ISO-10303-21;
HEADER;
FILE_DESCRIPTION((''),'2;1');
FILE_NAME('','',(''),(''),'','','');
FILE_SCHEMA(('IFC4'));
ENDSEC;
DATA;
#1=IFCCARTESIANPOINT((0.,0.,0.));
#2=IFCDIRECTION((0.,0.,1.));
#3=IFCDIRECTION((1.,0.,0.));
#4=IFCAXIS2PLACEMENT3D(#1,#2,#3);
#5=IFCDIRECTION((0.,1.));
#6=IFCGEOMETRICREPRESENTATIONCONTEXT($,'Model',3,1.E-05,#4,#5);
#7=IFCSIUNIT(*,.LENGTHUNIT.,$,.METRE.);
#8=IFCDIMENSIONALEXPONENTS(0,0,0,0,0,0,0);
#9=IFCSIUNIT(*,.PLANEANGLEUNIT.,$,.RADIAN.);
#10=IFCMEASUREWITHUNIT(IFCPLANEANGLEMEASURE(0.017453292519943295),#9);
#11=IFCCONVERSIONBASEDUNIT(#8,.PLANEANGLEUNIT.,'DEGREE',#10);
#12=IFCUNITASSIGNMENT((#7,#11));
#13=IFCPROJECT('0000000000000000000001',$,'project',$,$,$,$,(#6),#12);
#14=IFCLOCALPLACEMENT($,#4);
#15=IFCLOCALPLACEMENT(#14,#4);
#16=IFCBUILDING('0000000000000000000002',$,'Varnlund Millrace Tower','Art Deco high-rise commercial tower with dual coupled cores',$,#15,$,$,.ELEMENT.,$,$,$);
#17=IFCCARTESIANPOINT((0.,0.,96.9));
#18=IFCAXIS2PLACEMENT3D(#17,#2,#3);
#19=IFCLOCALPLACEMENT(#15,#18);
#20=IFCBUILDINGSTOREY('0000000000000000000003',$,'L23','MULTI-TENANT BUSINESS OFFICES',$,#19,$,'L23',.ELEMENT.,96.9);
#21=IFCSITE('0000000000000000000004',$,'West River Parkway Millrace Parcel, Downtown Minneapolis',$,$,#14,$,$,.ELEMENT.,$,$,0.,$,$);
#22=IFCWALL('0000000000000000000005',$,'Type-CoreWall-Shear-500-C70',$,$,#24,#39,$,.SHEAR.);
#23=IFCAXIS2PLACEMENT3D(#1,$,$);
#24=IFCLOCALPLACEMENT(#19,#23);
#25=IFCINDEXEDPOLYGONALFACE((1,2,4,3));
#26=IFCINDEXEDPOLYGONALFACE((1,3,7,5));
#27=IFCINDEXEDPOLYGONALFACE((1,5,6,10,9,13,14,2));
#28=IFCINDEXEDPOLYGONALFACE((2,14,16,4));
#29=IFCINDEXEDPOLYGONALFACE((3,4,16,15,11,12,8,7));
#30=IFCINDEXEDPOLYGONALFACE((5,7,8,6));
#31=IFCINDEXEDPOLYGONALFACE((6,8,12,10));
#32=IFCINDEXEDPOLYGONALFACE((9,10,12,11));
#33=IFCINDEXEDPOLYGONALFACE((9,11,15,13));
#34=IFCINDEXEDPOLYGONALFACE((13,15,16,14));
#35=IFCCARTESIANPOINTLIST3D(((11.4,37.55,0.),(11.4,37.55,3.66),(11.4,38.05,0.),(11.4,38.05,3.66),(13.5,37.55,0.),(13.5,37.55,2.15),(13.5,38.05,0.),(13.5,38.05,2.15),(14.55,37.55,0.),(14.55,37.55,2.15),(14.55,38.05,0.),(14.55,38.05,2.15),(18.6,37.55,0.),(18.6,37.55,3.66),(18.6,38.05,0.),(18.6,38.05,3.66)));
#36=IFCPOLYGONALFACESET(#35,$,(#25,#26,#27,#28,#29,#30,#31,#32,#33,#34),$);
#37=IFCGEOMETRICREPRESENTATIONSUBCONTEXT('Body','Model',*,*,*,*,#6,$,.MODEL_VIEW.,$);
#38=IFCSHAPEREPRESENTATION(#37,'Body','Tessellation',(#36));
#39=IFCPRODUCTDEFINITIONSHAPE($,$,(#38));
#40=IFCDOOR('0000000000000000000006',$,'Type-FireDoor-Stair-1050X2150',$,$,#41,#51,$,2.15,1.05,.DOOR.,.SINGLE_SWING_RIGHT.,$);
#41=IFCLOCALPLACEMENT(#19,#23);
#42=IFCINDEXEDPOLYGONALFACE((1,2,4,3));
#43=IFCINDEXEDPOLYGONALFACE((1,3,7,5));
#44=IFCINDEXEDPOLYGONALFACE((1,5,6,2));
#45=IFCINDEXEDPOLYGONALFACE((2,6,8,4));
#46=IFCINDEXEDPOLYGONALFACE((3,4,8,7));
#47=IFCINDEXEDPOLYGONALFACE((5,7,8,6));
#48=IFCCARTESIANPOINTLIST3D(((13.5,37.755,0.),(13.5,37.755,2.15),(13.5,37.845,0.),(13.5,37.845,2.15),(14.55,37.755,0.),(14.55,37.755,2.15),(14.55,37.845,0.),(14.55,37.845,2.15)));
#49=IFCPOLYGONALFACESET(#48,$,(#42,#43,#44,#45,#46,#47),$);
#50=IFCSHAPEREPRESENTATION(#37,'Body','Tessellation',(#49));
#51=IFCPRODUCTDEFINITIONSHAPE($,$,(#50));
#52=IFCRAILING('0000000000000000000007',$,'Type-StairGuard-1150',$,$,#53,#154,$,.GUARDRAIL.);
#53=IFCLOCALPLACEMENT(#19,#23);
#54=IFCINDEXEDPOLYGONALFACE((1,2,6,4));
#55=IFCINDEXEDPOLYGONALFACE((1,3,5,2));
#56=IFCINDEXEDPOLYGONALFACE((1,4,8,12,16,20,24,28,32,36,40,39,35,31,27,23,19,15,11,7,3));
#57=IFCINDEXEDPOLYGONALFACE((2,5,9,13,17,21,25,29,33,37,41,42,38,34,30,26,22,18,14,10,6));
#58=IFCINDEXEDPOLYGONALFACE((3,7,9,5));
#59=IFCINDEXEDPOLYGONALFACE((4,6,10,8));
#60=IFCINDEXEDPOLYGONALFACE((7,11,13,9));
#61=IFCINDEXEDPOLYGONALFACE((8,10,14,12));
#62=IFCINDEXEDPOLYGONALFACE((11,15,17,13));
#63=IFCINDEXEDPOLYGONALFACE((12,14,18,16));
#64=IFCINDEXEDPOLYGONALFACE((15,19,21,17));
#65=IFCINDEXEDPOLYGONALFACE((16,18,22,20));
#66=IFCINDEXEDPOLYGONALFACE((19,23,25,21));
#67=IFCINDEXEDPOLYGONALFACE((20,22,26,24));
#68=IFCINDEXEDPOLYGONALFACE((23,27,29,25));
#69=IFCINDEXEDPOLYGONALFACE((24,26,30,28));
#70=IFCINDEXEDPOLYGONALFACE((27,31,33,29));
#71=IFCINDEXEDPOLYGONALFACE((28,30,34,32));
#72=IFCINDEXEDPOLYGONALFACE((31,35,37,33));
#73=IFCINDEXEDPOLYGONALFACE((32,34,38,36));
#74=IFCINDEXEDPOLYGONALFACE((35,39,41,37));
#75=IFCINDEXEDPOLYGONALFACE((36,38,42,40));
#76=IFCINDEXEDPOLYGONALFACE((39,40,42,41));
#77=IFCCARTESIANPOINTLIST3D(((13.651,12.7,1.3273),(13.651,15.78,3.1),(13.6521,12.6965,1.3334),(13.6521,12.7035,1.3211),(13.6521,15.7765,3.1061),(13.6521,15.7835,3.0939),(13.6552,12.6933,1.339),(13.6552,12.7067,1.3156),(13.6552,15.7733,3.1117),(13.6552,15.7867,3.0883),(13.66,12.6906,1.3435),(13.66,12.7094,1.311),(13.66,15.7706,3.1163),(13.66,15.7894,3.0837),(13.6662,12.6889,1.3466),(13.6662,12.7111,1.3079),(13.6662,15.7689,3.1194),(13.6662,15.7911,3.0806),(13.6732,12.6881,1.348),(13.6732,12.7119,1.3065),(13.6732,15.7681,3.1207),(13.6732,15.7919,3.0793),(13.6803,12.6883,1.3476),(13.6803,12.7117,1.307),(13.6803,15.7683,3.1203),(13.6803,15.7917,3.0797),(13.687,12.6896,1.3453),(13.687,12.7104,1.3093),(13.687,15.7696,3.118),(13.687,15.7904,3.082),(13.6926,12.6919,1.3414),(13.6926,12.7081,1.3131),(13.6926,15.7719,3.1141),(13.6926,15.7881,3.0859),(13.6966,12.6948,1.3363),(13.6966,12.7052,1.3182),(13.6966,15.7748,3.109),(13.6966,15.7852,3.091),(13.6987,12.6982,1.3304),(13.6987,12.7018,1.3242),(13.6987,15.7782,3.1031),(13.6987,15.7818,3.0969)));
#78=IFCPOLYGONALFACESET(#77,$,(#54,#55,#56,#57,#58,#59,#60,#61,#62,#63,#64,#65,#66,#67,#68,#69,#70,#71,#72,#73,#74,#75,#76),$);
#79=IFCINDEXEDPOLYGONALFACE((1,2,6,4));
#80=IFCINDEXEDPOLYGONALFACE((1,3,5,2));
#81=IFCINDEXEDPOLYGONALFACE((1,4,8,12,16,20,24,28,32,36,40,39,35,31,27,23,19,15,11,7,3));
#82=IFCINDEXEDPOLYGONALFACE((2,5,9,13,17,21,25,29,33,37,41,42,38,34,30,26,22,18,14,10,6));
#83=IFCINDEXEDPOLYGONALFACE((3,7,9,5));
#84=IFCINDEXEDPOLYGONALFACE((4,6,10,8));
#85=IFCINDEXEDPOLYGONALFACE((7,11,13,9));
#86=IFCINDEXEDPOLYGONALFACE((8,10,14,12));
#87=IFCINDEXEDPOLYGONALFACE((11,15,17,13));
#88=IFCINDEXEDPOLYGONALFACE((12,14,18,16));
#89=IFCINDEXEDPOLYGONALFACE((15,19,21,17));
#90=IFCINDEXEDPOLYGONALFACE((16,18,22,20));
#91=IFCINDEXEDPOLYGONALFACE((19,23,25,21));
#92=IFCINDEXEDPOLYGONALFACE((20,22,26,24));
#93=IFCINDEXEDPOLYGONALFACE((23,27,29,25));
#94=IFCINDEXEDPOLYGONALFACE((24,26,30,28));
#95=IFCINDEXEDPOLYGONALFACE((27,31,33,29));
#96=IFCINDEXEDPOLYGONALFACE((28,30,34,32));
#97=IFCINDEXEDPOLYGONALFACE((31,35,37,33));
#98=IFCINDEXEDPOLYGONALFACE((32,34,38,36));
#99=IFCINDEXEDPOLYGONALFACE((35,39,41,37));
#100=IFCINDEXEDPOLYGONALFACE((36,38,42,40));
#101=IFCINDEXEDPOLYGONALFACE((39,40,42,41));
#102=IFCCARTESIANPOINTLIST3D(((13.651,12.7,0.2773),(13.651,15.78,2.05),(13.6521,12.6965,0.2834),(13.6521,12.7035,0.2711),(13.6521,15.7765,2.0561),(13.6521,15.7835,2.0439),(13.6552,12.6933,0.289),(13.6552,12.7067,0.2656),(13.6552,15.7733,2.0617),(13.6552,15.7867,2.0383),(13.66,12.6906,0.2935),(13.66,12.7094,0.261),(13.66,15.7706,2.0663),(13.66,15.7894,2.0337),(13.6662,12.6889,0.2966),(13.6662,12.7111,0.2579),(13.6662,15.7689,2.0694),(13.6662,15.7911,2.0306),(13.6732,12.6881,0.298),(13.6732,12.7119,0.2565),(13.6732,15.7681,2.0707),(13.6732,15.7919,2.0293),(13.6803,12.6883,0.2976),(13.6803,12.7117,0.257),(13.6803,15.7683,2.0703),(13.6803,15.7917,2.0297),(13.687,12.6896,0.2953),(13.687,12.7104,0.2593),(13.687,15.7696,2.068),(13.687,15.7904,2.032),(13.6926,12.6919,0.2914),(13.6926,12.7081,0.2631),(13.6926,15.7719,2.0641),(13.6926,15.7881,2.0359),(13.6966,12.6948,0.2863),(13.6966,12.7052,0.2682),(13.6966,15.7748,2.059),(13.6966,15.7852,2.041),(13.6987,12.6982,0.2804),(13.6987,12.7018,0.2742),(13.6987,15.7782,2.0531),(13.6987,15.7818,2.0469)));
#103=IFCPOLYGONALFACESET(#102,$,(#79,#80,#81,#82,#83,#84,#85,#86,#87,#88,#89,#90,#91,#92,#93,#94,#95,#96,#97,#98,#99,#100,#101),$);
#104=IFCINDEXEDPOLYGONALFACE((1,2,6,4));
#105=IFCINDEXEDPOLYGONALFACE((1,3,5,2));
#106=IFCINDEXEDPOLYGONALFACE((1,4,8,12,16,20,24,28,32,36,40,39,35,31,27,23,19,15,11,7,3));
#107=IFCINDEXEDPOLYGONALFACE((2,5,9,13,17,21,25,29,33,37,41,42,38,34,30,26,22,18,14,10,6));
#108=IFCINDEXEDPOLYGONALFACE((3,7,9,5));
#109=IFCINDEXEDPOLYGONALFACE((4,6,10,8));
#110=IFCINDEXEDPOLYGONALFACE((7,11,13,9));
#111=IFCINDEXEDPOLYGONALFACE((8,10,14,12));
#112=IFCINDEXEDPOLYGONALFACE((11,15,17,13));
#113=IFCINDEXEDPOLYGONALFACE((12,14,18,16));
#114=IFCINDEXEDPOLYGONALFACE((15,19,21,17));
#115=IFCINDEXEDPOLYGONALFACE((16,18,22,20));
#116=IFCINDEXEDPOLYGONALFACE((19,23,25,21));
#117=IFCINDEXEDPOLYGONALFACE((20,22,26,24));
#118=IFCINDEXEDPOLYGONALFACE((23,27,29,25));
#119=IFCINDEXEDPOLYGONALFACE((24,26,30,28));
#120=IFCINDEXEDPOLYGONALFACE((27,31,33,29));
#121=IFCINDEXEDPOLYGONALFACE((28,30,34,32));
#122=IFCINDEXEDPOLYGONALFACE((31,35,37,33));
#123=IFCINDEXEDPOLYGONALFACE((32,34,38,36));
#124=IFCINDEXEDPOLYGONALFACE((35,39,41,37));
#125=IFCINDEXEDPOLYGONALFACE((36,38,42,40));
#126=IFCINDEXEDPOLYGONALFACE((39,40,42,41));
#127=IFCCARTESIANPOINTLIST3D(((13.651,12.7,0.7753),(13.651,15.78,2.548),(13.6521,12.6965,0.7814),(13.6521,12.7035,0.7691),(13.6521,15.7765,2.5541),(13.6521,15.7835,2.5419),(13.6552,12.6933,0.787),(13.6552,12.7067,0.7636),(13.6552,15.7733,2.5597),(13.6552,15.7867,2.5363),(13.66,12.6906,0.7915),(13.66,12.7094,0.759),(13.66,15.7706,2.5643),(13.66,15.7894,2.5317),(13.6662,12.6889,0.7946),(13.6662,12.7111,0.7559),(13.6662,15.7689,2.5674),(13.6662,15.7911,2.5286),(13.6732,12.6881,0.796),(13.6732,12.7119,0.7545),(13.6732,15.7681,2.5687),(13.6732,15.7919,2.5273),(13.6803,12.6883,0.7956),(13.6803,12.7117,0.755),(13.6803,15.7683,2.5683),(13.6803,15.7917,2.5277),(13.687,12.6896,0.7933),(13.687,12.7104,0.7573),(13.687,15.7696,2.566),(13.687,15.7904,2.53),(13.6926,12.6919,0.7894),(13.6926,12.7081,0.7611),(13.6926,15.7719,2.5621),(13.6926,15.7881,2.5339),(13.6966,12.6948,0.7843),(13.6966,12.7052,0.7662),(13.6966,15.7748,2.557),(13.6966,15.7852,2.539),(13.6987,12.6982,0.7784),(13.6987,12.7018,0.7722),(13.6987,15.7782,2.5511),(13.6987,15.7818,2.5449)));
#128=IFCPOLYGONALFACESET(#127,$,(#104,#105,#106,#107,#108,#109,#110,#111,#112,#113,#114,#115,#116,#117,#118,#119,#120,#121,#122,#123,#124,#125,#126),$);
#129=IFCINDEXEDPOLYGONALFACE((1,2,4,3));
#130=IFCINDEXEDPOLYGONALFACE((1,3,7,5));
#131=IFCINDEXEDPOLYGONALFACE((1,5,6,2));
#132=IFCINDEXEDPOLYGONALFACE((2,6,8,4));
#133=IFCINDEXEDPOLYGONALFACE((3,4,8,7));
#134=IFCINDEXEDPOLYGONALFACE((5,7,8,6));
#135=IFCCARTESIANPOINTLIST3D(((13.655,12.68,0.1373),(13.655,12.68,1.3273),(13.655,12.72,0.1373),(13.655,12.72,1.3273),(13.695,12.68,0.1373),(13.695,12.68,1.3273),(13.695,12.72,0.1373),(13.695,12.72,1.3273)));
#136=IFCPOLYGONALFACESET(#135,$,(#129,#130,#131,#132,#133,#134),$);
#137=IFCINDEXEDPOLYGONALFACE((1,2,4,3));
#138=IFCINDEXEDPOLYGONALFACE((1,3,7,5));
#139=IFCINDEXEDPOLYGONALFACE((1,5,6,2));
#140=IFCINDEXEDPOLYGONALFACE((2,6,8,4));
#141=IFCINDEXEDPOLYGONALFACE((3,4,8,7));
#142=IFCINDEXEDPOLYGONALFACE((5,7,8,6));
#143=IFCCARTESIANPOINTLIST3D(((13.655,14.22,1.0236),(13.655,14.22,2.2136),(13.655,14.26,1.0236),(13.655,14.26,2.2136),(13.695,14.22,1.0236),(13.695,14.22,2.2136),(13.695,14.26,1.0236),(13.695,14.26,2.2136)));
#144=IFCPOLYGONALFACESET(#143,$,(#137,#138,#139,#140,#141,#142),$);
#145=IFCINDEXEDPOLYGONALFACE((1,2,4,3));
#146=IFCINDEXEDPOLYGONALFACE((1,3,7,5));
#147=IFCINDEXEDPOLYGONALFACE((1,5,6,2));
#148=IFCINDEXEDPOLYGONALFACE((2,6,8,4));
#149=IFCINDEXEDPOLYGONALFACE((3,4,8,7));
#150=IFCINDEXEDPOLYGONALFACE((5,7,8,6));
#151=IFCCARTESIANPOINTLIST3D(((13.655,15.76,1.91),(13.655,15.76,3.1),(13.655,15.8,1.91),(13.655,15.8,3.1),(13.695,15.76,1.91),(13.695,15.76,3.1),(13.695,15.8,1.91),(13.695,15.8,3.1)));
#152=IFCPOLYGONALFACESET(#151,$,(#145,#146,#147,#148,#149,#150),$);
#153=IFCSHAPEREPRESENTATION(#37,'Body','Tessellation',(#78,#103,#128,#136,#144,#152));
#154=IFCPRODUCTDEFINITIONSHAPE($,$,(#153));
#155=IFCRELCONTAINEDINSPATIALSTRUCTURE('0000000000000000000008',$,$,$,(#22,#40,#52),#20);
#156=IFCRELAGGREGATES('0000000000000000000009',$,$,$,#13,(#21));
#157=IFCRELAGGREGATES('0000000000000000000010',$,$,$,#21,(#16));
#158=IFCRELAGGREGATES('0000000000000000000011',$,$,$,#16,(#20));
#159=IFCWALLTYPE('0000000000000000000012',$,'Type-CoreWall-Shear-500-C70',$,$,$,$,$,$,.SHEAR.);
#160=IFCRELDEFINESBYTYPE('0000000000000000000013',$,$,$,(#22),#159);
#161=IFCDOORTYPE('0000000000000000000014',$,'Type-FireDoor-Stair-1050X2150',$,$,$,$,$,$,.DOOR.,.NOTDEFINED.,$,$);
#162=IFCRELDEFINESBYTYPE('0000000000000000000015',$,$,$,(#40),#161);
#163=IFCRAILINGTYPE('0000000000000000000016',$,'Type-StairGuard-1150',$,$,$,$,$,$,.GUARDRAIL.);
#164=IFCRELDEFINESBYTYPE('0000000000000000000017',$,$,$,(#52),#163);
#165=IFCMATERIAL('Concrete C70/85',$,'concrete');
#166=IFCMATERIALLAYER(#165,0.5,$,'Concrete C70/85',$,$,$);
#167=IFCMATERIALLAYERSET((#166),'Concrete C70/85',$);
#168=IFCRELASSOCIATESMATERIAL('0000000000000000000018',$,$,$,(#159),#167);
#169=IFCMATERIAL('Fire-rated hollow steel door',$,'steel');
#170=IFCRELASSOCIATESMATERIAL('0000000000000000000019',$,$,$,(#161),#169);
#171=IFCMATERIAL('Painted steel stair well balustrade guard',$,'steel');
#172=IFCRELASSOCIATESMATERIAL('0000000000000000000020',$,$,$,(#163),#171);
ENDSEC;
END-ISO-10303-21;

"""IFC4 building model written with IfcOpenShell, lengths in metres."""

from ifc_helpers import new_model, entity, si_unit, converted_unit, direction, frame, origin_with_axes, origin_2d_with_axis, place, context, subcontext, project, spatial, polyline, rectangle, circle, outline, extrude, material, layer, layer_set, type_object, element, fill, save


model = new_model("IFC4")

# Units and contexts
model_context = context("Model", 3, precision=1e-05, world=origin_with_axes(), true_north=direction((0.0, 1.0)))
body_context = subcontext(model_context, "Body", "Model", "MODEL_VIEW")
ifc_project = project(units=[si_unit("LENGTHUNIT", "METRE"), converted_unit("PLANEANGLEUNIT", "DEGREE", entity("IfcPlaneAngleMeasure", 0.017453292519943295), si_unit("PLANEANGLEUNIT", "RADIAN"), dimensions=[0, 0, 0, 0, 0, 0, 0])], contexts=[model_context])

# Site, building, storey
site_placement = place(None, origin_with_axes())
site = spatial("IfcSite", under=ifc_project, at=site_placement, Name="West River Parkway Millrace Parcel, Downtown Minneapolis", CompositionType="ELEMENT", RefElevation=0.0)
building_placement = place(site_placement, origin_with_axes())
building = spatial("IfcBuilding", under=site, at=building_placement, Name="Varnlund Millrace Tower", Description="Art Deco high-rise commercial tower with dual coupled cores", CompositionType="ELEMENT")
storey_placement = place(building_placement, frame((0.0, 0.0, 96.9), z_axis=(0.0, 0.0, 1.0), x_axis=(1.0, 0.0, 0.0)))
storey = spatial("IfcBuildingStorey", under=building, at=storey_placement, Name="L23", Description="MULTI-TENANT BUSINESS OFFICES", LongName="L23", CompositionType="ELEMENT", Elevation=96.9)

# Shared definitions
ifc_material_1 = material(Name="Concrete C70/85", Category="concrete")
ifc_layer_1 = layer(ifc_material_1, 0.5, Name="Concrete C70/85")
ifc_layer_set_1 = layer_set([ifc_layer_1], Name="Concrete C70/85")
wall_type = type_object("IfcWallType", Name="Type-CoreWall-Shear-500-C70", PredefinedType="SHEAR", material=ifc_layer_set_1)

# Wall, opening, door
ifc_material_2 = material(Name="Fire-rated hollow steel door", Category="steel")
door_type = type_object("IfcDoorType", Name="Type-FireDoor-Stair-1050X2150", OperationType="NOTDEFINED", PredefinedType="DOOR", material=ifc_material_2)
wall_1_placement = place(storey_placement, frame((11.4, 37.8, 0.0), z_axis=(0.0, 0.0, 1.0), x_axis=(1.0, 0.0, 0.0)))
wall_1 = element("IfcWall", 1, at=wall_1_placement, inside=storey, type_object=wall_type, Name="Type-CoreWall-Shear-500-C70", PredefinedType="SHEAR", context=body_context, shape_type="SweptSolid", body=[
    extrude(outline(polyline([(0.0, -0.25), (7.2, -0.25), (7.2, 0.25), (0.0, 0.25), (0.0, -0.25)])), origin_with_axes(), (0.0, 0.0, 1.0), 3.66),
])
opening_1_placement = place(wall_1_placement, frame((2.625, 0.0, 0.0), z_axis=(0.0, 0.0, 1.0), x_axis=(1.0, 0.0, 0.0)))
opening_1 = element("IfcOpeningElement", 2, at=opening_1_placement, cuts=wall_1, PredefinedType="OPENING", context=body_context, shape_type="SweptSolid", body=[
    extrude(rectangle(XDim=1.05, YDim=0.52, at=origin_2d_with_axis()), origin_with_axes(), (0.0, 0.0, 1.0), 2.15),
])
door_1_placement = place(wall_1_placement, frame((2.625, 0.0, 0.0), z_axis=(0.0, 0.0, 1.0), x_axis=(1.0, 0.0, 0.0)))
door_1 = element("IfcDoor", 3, at=door_1_placement, inside=storey, type_object=door_type, Name="Type-FireDoor-Stair-1050X2150", OperationType="SINGLE_SWING_RIGHT", OverallHeight=2.15, OverallWidth=1.05, PredefinedType="DOOR", context=body_context, shape_type="SweptSolid", body=[
    extrude(rectangle(XDim=1.05, YDim=0.09, at=origin_2d_with_axis()), origin_with_axes(), (0.0, 0.0, 1.0), 2.15),
])
fill(opening_1, door_1)

# Railing
ifc_material_3 = material(Name="Painted steel stair well balustrade guard", Category="steel")
railing_type_1 = type_object("IfcRailingType", Name="Type-StairGuard-1150", PredefinedType="GUARDRAIL", material=ifc_material_3)
railing_1_placement = place(storey_placement, frame((0.0, 0.0, -96.9), z_axis=(0.0, 0.0, 1.0), x_axis=(1.0, 0.0, 0.0)))
element("IfcRailing", 4, at=railing_1_placement, inside=storey, type_object=railing_type_1, Name="Type-StairGuard-1150", PredefinedType="GUARDRAIL", context=body_context, shape_type="SweptSolid", body=[
    extrude(circle(Radius=0.024, at=origin_2d_with_axis()), frame((13.675, 12.7, 98.2273), z_axis=(0.0, 0.866696, 0.498836), x_axis=(-1.0, 0.0, 0.0)), (0.0, 0.0, 1.0), 3.5537),
    extrude(circle(Radius=0.024, at=origin_2d_with_axis()), frame((13.675, 12.7, 97.1773), z_axis=(0.0, 0.866696, 0.498836), x_axis=(-1.0, 0.0, 0.0)), (0.0, 0.0, 1.0), 3.5537),
    extrude(circle(Radius=0.024, at=origin_2d_with_axis()), frame((13.675, 12.7, 97.6753), z_axis=(0.0, 0.866696, 0.498836), x_axis=(-1.0, 0.0, 0.0)), (0.0, 0.0, 1.0), 3.5537),
    extrude(rectangle(XDim=0.04, YDim=0.04, at=origin_2d_with_axis()), frame((13.675, 12.7, 97.0373), z_axis=(0.0, 0.0, 1.0), x_axis=(1.0, 0.0, 0.0)), (0.0, 0.0, 1.0), 1.19),
    extrude(rectangle(XDim=0.04, YDim=0.04, at=origin_2d_with_axis()), frame((13.675, 14.24, 97.9236), z_axis=(0.0, 0.0, 1.0), x_axis=(1.0, 0.0, 0.0)), (0.0, 0.0, 1.0), 1.19),
    extrude(rectangle(XDim=0.04, YDim=0.04, at=origin_2d_with_axis()), frame((13.675, 15.78, 98.81), z_axis=(0.0, 0.0, 1.0), x_axis=(1.0, 0.0, 0.0)), (0.0, 0.0, 1.0), 1.19),
])

save(model, "model.ifc")
